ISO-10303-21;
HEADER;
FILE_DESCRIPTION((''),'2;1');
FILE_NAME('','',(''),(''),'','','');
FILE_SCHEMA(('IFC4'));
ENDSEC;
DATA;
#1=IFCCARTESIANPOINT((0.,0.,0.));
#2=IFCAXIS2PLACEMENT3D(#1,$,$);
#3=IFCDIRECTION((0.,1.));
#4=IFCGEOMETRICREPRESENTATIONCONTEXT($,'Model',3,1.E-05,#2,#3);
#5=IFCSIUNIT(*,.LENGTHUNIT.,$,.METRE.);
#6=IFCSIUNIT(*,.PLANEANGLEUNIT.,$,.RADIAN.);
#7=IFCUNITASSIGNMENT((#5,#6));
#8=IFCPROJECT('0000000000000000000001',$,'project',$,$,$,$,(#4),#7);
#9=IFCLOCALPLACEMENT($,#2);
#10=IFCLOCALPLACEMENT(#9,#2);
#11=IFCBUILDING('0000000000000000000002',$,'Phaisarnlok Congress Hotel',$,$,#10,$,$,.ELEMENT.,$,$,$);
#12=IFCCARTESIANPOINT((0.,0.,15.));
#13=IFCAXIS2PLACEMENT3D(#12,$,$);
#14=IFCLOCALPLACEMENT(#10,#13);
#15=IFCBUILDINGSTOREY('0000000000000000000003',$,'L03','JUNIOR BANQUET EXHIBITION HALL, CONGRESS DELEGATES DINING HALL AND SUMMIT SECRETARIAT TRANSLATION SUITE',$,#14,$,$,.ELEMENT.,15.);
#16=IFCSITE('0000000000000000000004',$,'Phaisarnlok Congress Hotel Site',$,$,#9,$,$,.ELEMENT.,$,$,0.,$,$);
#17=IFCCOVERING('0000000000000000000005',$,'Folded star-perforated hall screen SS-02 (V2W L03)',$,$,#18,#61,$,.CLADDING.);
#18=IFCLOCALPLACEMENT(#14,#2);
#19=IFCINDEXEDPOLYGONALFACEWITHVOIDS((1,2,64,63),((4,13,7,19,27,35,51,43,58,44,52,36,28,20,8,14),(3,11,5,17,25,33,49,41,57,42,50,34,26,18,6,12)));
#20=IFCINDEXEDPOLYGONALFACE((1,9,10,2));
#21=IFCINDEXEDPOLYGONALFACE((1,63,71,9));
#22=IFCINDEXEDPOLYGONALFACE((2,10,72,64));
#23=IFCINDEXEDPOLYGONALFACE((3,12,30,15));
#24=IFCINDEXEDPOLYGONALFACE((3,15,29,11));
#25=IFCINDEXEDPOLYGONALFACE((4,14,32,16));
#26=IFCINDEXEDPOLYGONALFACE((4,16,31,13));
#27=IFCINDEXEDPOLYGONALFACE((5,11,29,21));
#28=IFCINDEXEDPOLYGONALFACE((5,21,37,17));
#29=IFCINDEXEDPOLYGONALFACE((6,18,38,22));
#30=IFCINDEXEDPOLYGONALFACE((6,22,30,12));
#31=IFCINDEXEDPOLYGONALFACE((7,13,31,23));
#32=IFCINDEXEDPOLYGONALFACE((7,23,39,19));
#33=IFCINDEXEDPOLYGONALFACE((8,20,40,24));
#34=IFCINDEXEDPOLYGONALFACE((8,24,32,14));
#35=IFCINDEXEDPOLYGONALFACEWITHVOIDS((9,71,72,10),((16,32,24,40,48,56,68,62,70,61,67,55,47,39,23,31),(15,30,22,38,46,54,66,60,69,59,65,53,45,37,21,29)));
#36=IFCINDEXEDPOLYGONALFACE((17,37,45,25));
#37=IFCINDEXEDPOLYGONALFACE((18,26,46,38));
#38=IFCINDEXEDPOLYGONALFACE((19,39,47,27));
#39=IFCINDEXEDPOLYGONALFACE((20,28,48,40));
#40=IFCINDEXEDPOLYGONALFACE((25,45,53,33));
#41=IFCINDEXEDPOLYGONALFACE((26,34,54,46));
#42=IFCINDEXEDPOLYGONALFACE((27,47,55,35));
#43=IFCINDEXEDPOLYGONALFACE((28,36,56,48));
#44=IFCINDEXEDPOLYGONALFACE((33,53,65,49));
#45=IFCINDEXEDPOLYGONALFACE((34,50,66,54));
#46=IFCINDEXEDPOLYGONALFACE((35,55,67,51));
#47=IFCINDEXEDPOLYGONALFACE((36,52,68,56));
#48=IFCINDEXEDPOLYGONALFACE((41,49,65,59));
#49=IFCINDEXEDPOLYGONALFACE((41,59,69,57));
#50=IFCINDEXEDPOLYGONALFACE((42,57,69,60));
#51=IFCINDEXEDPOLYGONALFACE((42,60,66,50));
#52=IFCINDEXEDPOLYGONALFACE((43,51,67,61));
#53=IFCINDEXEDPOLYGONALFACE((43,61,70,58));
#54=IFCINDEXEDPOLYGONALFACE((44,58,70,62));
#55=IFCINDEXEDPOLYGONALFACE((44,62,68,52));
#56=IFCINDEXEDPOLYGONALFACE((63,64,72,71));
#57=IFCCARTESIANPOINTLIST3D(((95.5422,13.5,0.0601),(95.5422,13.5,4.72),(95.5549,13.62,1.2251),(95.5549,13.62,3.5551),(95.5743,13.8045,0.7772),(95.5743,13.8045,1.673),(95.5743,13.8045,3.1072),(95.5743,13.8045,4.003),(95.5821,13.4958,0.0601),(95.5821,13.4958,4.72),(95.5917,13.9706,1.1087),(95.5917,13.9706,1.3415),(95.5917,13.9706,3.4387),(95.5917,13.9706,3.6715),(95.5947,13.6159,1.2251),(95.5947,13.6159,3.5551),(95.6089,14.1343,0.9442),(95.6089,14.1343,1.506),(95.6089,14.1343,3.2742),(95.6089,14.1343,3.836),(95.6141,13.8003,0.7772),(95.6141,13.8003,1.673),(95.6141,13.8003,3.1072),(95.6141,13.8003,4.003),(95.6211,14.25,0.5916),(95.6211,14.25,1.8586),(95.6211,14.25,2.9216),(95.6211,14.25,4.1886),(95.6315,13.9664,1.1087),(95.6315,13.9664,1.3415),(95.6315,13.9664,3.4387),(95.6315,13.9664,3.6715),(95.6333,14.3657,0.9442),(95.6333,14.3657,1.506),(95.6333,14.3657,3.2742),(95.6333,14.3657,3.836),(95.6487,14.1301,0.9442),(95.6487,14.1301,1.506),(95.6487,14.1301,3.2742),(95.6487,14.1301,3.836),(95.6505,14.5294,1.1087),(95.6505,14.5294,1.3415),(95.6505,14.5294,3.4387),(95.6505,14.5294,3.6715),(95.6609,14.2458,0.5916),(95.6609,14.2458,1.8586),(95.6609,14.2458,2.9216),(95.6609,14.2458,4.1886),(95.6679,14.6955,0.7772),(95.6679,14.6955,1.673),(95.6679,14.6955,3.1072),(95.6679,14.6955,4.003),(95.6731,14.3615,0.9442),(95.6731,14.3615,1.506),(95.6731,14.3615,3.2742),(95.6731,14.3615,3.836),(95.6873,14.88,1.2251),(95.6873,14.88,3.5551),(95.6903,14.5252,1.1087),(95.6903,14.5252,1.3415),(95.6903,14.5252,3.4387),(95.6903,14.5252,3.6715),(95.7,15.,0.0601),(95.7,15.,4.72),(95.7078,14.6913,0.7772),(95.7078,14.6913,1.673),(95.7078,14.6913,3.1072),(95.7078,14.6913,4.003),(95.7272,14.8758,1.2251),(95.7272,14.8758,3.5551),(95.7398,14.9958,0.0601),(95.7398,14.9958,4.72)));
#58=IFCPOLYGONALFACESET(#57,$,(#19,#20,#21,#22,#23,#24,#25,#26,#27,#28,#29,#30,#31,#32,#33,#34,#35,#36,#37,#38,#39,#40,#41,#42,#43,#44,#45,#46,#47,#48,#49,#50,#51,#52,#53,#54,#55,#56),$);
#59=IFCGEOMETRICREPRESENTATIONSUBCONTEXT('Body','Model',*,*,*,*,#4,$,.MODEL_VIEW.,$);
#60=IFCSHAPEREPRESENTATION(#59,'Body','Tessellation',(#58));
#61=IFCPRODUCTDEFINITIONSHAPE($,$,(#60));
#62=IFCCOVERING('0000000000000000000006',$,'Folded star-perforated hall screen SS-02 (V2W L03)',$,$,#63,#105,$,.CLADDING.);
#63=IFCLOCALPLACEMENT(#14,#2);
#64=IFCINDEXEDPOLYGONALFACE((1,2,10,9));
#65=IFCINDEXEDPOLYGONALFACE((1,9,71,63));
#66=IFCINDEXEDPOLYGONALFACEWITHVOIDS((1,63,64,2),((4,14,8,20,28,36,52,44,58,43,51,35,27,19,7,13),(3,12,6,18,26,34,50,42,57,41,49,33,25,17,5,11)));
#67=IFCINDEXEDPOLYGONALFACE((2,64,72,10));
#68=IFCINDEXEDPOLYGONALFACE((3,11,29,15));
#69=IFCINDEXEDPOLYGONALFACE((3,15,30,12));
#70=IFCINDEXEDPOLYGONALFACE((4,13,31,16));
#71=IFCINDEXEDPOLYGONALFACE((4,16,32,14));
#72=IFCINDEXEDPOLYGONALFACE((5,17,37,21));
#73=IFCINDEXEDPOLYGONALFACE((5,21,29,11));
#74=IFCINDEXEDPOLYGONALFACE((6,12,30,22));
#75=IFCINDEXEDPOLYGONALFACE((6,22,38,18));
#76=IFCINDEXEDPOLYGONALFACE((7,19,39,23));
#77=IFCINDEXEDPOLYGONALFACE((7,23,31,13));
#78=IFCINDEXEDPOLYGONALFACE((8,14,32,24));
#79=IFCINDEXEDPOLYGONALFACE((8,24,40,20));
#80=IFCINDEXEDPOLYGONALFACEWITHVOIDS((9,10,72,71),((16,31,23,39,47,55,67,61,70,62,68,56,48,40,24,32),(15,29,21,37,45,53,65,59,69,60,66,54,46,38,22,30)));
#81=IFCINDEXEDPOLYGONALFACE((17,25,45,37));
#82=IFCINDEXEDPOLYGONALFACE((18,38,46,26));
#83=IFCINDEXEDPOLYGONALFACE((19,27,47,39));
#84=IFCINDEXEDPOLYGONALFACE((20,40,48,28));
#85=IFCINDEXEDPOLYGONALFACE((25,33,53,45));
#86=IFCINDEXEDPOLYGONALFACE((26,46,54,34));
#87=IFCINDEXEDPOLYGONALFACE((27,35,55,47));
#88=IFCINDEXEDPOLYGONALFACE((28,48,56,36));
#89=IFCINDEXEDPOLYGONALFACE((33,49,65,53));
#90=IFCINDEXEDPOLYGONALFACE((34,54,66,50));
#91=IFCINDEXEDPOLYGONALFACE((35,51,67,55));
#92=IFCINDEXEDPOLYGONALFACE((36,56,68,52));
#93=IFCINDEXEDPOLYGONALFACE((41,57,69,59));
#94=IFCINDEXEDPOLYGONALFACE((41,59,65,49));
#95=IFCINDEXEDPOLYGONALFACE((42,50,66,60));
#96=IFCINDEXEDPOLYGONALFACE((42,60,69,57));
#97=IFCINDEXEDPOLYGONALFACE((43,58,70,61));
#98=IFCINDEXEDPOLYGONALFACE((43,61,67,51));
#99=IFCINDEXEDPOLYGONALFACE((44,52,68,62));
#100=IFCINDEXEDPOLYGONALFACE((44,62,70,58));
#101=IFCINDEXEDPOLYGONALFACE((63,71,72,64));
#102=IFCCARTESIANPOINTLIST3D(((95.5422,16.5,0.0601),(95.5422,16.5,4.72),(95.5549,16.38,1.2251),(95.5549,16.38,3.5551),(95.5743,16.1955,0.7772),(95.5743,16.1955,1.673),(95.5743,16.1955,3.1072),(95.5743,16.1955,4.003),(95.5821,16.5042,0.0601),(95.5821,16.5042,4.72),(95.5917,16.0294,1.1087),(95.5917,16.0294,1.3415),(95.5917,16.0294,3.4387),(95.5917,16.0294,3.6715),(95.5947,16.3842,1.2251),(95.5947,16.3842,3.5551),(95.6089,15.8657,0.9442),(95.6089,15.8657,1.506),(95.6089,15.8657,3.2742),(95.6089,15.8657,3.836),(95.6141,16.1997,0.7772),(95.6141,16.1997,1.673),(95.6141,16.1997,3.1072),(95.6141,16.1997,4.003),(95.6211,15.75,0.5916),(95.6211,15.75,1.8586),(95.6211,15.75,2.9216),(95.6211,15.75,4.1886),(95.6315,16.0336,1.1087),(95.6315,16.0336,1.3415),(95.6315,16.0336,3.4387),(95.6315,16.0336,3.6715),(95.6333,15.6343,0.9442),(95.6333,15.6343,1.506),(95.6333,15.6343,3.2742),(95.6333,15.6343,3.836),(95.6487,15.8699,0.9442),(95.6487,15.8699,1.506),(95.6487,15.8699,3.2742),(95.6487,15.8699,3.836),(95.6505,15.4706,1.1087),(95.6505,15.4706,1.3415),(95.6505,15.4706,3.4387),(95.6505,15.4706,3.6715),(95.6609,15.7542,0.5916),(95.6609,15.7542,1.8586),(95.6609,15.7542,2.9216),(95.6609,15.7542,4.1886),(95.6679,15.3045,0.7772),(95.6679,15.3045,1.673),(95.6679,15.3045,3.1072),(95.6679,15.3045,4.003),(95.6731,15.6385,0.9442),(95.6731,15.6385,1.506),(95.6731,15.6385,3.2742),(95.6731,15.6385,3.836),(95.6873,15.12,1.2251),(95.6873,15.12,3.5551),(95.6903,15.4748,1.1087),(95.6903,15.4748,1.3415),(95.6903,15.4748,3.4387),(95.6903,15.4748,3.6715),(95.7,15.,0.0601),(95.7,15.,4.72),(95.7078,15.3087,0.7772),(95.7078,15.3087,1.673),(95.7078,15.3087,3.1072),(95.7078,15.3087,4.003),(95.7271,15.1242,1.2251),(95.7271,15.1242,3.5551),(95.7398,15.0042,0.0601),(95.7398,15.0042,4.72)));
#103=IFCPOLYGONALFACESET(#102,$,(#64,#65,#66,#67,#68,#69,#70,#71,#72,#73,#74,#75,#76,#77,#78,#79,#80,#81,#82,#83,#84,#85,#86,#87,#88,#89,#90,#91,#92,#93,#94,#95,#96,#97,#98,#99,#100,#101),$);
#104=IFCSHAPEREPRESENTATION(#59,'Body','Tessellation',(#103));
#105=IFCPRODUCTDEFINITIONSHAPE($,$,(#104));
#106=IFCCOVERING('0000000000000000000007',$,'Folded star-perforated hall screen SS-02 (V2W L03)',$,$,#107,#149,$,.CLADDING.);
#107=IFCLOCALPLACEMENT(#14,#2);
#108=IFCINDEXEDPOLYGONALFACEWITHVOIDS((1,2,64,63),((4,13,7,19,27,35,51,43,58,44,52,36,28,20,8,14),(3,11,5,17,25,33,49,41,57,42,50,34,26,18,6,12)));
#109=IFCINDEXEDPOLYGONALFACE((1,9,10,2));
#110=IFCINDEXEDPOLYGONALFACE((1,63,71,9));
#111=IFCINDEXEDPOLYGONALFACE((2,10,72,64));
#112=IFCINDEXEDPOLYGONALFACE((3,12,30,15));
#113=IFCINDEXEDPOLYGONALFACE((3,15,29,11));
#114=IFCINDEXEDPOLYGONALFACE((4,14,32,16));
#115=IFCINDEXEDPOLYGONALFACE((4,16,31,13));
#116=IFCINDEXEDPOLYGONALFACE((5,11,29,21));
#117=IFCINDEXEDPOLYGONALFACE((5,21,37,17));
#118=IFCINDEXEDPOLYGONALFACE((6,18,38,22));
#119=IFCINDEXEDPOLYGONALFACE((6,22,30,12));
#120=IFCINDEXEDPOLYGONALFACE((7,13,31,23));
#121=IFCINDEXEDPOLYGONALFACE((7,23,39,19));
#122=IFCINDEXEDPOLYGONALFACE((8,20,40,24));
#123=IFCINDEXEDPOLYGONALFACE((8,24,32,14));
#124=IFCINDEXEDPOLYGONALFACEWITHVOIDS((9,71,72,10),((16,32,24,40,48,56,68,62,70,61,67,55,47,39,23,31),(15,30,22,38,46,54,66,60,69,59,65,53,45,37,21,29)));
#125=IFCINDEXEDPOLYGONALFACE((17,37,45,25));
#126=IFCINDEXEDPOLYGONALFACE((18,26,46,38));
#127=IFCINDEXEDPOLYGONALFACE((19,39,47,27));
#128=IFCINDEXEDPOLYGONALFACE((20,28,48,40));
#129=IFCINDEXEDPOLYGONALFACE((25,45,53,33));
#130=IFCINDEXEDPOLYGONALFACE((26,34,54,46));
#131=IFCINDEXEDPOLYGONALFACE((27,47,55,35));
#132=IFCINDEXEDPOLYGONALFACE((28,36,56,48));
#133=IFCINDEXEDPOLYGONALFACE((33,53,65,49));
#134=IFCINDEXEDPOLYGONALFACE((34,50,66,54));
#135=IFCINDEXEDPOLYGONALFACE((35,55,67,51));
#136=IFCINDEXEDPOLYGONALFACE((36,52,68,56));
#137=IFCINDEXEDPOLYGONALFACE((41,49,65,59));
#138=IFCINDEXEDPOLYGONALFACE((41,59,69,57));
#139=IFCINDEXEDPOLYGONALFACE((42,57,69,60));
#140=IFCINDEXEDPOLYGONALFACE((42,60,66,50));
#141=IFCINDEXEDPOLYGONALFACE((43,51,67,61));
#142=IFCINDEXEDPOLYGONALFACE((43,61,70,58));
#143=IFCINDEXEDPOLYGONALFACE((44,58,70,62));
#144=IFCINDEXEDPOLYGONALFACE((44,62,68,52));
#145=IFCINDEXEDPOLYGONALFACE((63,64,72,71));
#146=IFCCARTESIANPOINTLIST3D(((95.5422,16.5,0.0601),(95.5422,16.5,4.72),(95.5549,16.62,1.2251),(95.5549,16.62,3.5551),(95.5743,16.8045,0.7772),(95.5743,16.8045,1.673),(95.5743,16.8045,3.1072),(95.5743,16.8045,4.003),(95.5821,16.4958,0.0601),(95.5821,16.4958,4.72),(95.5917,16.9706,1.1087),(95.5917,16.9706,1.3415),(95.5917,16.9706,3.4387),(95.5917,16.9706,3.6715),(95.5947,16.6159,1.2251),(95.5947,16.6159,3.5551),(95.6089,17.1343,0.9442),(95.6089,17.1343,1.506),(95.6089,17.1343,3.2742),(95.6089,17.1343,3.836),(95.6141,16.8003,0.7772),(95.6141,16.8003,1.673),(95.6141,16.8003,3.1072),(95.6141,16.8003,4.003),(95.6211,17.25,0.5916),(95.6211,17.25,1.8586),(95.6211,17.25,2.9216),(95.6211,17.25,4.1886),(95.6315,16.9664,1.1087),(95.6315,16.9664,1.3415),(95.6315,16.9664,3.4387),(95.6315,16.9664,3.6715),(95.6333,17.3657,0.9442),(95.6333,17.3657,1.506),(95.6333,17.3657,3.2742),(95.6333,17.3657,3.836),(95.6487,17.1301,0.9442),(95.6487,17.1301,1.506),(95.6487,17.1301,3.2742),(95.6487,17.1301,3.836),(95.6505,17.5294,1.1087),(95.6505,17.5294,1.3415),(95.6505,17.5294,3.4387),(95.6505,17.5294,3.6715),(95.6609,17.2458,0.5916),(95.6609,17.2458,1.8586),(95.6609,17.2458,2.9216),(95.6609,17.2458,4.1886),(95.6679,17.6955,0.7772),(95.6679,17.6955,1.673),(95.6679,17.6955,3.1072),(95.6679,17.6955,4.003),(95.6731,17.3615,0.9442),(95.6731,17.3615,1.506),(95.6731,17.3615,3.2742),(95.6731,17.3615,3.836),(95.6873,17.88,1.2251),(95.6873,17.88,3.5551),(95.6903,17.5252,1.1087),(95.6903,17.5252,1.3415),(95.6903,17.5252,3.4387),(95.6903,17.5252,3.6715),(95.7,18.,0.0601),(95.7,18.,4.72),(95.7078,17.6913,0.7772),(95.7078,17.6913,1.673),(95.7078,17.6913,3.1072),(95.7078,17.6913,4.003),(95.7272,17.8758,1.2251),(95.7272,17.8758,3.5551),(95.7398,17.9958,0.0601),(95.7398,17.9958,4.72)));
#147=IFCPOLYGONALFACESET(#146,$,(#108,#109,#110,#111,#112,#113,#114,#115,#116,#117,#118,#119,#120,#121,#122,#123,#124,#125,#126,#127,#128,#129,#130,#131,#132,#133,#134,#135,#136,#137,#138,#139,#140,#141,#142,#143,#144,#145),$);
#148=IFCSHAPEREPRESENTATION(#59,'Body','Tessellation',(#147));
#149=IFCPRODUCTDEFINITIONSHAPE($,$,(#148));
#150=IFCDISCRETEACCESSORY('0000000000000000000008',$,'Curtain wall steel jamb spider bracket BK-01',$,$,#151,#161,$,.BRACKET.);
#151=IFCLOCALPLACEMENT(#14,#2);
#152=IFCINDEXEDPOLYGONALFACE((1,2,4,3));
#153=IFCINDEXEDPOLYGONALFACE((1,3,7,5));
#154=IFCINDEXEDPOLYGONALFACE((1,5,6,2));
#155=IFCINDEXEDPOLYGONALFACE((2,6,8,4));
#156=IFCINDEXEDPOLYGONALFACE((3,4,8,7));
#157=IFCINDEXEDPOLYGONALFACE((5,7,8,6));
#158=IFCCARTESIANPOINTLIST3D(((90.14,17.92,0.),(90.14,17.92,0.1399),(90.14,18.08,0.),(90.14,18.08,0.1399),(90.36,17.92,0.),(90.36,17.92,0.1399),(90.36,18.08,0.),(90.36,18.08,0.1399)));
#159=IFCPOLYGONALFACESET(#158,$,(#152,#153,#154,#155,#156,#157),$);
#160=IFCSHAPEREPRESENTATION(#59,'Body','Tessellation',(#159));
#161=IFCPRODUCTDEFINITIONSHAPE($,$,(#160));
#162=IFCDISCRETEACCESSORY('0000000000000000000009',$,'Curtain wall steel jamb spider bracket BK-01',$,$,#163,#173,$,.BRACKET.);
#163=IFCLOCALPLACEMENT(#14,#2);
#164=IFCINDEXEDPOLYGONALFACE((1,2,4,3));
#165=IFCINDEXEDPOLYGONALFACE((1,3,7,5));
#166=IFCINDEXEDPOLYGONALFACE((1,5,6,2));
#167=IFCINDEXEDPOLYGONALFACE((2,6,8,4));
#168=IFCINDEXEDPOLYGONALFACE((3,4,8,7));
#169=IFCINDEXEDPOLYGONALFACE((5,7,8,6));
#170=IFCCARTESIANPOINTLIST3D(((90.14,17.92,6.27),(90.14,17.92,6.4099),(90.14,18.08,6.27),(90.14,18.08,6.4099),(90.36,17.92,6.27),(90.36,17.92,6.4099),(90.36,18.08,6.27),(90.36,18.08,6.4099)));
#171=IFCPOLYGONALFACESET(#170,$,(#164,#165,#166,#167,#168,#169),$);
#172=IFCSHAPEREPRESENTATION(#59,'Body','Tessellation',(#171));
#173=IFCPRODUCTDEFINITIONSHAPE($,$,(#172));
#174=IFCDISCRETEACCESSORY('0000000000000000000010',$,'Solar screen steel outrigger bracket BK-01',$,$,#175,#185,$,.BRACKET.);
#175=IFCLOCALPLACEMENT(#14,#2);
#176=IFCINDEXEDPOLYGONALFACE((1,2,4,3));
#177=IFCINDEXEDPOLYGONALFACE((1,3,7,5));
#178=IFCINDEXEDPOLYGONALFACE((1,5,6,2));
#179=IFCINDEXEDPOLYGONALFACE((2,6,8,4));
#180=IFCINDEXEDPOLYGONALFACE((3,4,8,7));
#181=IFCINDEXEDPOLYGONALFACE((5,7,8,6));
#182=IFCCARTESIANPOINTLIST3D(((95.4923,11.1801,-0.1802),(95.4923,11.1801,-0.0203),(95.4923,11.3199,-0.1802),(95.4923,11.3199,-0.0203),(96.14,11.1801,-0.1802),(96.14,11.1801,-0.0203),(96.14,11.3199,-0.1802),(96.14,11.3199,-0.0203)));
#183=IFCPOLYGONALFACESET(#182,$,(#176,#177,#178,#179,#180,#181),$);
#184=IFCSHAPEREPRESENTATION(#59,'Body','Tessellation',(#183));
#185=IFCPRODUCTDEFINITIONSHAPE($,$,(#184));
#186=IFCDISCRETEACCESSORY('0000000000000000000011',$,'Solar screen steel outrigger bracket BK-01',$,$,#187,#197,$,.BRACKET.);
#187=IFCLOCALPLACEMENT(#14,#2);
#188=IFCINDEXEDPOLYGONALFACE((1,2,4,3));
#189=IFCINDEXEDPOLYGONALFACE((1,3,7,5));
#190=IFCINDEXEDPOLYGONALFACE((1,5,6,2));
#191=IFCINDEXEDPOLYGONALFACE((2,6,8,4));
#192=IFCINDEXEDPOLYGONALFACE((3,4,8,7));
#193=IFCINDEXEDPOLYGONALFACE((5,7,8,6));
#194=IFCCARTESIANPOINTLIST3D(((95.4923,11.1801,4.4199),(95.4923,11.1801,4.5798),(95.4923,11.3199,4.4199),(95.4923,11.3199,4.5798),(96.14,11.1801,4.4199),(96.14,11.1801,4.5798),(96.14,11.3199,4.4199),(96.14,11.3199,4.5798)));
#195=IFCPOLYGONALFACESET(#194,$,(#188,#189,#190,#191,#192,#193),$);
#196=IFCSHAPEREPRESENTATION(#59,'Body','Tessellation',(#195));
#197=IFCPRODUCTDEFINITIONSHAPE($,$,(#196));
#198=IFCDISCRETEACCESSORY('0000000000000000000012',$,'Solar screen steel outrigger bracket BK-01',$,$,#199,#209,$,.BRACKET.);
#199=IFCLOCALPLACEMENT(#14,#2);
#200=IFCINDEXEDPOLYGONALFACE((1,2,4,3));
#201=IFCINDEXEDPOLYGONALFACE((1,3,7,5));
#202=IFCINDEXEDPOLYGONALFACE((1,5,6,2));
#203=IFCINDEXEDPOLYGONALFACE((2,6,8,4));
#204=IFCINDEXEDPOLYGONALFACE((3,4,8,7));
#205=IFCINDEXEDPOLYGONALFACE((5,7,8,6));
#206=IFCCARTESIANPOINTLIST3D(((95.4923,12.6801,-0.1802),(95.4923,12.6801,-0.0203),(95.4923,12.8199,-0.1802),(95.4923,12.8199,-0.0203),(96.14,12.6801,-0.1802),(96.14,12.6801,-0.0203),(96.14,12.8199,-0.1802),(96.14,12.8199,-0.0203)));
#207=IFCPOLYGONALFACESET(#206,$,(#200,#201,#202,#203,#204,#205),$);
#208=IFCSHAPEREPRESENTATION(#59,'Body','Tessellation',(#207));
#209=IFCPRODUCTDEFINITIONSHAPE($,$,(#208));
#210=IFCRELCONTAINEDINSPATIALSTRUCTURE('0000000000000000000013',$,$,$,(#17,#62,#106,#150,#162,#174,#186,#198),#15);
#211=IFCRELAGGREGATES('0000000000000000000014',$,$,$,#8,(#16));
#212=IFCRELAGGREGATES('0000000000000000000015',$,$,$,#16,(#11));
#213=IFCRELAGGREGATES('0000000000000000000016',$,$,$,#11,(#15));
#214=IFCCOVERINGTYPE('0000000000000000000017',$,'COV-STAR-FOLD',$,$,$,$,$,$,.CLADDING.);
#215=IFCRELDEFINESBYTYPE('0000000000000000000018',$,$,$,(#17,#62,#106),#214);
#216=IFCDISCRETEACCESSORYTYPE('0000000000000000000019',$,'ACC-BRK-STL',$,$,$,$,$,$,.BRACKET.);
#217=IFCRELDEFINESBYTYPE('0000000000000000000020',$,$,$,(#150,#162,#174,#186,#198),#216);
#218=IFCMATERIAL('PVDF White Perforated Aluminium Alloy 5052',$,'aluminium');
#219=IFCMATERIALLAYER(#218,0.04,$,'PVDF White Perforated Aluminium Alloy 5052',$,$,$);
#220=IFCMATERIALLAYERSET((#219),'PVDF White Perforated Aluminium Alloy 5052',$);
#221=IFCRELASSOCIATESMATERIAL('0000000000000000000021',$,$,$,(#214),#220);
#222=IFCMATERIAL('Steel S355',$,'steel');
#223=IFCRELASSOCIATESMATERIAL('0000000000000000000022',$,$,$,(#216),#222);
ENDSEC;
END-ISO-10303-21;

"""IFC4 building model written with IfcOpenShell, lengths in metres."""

from ifc_helpers import new_model, si_unit, direction, frame, origin, origin_2d, place, context, subcontext, project, spatial, polyline, rectangle, outline, extrude, material, layer, layer_set, type_object, element, save


model = new_model("IFC4")

# Units and contexts
model_context = context("Model", 3, precision=1e-05, world=origin(), true_north=direction((0.0, 1.0)))
body_context = subcontext(model_context, "Body", "Model", "MODEL_VIEW")
ifc_project = project(units=[si_unit("LENGTHUNIT", "METRE"), si_unit("PLANEANGLEUNIT", "RADIAN")], contexts=[model_context])

# Site, building, storey
site_placement = place(None, origin())
site = spatial("IfcSite", under=ifc_project, at=site_placement, Name="Phaisarnlok Congress Hotel Site", CompositionType="ELEMENT", RefElevation=0.0)
building_placement = place(site_placement, origin())
building = spatial("IfcBuilding", under=site, at=building_placement, Name="Phaisarnlok Congress Hotel", CompositionType="ELEMENT")
storey_placement = place(building_placement, frame((0.0, 0.0, 15.0)))
storey = spatial("IfcBuildingStorey", under=building, at=storey_placement, Name="L03", Description="JUNIOR BANQUET EXHIBITION HALL, CONGRESS DELEGATES DINING HALL AND SUMMIT SECRETARIAT TRANSLATION SUITE", CompositionType="ELEMENT", Elevation=15.0)

# Shared definitions
ifc_material_1 = material(Name="Steel S355", Category="steel")

# Coverings
ifc_material_2 = material(Name="PVDF White Perforated Aluminium Alloy 5052", Category="aluminium")
ifc_layer_1 = layer(ifc_material_2, 0.04, Name="PVDF White Perforated Aluminium Alloy 5052")
ifc_layer_set_1 = layer_set([ifc_layer_1], Name="PVDF White Perforated Aluminium Alloy 5052")
covering_type_1 = type_object("IfcCoveringType", Name="COV-STAR-FOLD", PredefinedType="CLADDING", material=ifc_layer_set_1)
for number, where, z_axis, x_axis, name in (
    (1, (95.5422, 13.5, 0.0601), (0.994518, -0.104567, 0.0), (0.104567, 0.994518, 0.0), "Folded star-perforated hall screen SS-02 (V2W L03)"),
    (2, (95.7, 15.0, 0.0601), (0.994518, 0.104567, 0.0), (-0.104567, 0.994518, 0.0), "Folded star-perforated hall screen SS-02 (V2W L03)"),
    (3, (95.5422, 16.5, 0.0601), (0.994518, -0.104567, 0.0), (0.104567, 0.994518, 0.0), "Folded star-perforated hall screen SS-02 (V2W L03)"),
):
    element("IfcCovering", number, at=place(storey_placement, frame(where, z_axis=z_axis, x_axis=x_axis)), inside=storey, type_object=covering_type_1, Name=name, PredefinedType="CLADDING", context=body_context, shape_type="SweptSolid", body=[
        extrude(outline(polyline([(0.0, 0.0), (1.5083, 0.0), (1.5083, 4.6599), (0.0, 4.6599), (0.0, 0.0)]), holes=[polyline([(1.0351, 1.0486), (1.2021, 0.7171), (0.8705, 0.8841), (0.7541, 0.5315), (0.6378, 0.8841), (0.3062, 0.7171), (0.4732, 1.0486), (0.1207, 1.165), (0.4732, 1.2814), (0.3062, 1.6129), (0.6378, 1.4459), (0.7541, 1.7985), (0.8705, 1.4459), (1.2021, 1.6129), (1.0351, 1.2814), (1.3876, 1.165), (1.0351, 1.0486)]), polyline([(1.0351, 3.3786), (1.2021, 3.0471), (0.8705, 3.2141), (0.7541, 2.8615), (0.6378, 3.2141), (0.3062, 3.0471), (0.4732, 3.3786), (0.1207, 3.495), (0.4732, 3.6114), (0.3062, 3.9429), (0.6378, 3.7759), (0.7541, 4.1285), (0.8705, 3.7759), (1.2021, 3.9429), (1.0351, 3.6114), (1.3876, 3.495), (1.0351, 3.3786)])]), origin(), (0.0, 0.0, 1.0), 0.04),
    ])

# Discrete accessories
discrete_accessory_type = type_object("IfcDiscreteAccessoryType", Name="ACC-BRK-STL", PredefinedType="BRACKET", material=ifc_material_1)
for number, where, z_axis, x_axis, name in (
    (4, (90.25, 18.0, 0.0), (0.0, 0.0, 1.0), (1.0, 0.0, 0.0), "Curtain wall steel jamb spider bracket BK-01"),
    (5, (90.25, 18.0, 6.27), (0.0, 0.0, 1.0), (1.0, 0.0, 0.0), "Curtain wall steel jamb spider bracket BK-01"),
):
    element("IfcDiscreteAccessory", number, at=place(storey_placement, frame(where, z_axis=z_axis, x_axis=x_axis)), inside=storey, type_object=discrete_accessory_type, Name=name, PredefinedType="BRACKET", context=body_context, shape_type="SweptSolid", body=[
        extrude(rectangle(XDim=0.22, YDim=0.1599, at=origin_2d()), origin(), (0.0, 0.0, 1.0), 0.1399),
    ])
for number, where, z_axis, x_axis, name in (
    (6, (95.8162, 11.25, -0.1802), (0.0, 0.0, 1.0), (1.0, 0.0, 0.0), "Solar screen steel outrigger bracket BK-01"),
    (7, (95.8162, 11.25, 4.4199), (0.0, 0.0, 1.0), (1.0, 0.0, 0.0), "Solar screen steel outrigger bracket BK-01"),
    (8, (95.8162, 12.75, -0.1802), (0.0, 0.0, 1.0), (1.0, 0.0, 0.0), "Solar screen steel outrigger bracket BK-01"),
):
    element("IfcDiscreteAccessory", number, at=place(storey_placement, frame(where, z_axis=z_axis, x_axis=x_axis)), inside=storey, type_object=discrete_accessory_type, Name=name, PredefinedType="BRACKET", context=body_context, shape_type="SweptSolid", body=[
        extrude(rectangle(XDim=0.6477, YDim=0.1399, at=origin_2d()), origin(), (0.0, 0.0, 1.0), 0.1599),
    ])

save(model, "model.ifc")
